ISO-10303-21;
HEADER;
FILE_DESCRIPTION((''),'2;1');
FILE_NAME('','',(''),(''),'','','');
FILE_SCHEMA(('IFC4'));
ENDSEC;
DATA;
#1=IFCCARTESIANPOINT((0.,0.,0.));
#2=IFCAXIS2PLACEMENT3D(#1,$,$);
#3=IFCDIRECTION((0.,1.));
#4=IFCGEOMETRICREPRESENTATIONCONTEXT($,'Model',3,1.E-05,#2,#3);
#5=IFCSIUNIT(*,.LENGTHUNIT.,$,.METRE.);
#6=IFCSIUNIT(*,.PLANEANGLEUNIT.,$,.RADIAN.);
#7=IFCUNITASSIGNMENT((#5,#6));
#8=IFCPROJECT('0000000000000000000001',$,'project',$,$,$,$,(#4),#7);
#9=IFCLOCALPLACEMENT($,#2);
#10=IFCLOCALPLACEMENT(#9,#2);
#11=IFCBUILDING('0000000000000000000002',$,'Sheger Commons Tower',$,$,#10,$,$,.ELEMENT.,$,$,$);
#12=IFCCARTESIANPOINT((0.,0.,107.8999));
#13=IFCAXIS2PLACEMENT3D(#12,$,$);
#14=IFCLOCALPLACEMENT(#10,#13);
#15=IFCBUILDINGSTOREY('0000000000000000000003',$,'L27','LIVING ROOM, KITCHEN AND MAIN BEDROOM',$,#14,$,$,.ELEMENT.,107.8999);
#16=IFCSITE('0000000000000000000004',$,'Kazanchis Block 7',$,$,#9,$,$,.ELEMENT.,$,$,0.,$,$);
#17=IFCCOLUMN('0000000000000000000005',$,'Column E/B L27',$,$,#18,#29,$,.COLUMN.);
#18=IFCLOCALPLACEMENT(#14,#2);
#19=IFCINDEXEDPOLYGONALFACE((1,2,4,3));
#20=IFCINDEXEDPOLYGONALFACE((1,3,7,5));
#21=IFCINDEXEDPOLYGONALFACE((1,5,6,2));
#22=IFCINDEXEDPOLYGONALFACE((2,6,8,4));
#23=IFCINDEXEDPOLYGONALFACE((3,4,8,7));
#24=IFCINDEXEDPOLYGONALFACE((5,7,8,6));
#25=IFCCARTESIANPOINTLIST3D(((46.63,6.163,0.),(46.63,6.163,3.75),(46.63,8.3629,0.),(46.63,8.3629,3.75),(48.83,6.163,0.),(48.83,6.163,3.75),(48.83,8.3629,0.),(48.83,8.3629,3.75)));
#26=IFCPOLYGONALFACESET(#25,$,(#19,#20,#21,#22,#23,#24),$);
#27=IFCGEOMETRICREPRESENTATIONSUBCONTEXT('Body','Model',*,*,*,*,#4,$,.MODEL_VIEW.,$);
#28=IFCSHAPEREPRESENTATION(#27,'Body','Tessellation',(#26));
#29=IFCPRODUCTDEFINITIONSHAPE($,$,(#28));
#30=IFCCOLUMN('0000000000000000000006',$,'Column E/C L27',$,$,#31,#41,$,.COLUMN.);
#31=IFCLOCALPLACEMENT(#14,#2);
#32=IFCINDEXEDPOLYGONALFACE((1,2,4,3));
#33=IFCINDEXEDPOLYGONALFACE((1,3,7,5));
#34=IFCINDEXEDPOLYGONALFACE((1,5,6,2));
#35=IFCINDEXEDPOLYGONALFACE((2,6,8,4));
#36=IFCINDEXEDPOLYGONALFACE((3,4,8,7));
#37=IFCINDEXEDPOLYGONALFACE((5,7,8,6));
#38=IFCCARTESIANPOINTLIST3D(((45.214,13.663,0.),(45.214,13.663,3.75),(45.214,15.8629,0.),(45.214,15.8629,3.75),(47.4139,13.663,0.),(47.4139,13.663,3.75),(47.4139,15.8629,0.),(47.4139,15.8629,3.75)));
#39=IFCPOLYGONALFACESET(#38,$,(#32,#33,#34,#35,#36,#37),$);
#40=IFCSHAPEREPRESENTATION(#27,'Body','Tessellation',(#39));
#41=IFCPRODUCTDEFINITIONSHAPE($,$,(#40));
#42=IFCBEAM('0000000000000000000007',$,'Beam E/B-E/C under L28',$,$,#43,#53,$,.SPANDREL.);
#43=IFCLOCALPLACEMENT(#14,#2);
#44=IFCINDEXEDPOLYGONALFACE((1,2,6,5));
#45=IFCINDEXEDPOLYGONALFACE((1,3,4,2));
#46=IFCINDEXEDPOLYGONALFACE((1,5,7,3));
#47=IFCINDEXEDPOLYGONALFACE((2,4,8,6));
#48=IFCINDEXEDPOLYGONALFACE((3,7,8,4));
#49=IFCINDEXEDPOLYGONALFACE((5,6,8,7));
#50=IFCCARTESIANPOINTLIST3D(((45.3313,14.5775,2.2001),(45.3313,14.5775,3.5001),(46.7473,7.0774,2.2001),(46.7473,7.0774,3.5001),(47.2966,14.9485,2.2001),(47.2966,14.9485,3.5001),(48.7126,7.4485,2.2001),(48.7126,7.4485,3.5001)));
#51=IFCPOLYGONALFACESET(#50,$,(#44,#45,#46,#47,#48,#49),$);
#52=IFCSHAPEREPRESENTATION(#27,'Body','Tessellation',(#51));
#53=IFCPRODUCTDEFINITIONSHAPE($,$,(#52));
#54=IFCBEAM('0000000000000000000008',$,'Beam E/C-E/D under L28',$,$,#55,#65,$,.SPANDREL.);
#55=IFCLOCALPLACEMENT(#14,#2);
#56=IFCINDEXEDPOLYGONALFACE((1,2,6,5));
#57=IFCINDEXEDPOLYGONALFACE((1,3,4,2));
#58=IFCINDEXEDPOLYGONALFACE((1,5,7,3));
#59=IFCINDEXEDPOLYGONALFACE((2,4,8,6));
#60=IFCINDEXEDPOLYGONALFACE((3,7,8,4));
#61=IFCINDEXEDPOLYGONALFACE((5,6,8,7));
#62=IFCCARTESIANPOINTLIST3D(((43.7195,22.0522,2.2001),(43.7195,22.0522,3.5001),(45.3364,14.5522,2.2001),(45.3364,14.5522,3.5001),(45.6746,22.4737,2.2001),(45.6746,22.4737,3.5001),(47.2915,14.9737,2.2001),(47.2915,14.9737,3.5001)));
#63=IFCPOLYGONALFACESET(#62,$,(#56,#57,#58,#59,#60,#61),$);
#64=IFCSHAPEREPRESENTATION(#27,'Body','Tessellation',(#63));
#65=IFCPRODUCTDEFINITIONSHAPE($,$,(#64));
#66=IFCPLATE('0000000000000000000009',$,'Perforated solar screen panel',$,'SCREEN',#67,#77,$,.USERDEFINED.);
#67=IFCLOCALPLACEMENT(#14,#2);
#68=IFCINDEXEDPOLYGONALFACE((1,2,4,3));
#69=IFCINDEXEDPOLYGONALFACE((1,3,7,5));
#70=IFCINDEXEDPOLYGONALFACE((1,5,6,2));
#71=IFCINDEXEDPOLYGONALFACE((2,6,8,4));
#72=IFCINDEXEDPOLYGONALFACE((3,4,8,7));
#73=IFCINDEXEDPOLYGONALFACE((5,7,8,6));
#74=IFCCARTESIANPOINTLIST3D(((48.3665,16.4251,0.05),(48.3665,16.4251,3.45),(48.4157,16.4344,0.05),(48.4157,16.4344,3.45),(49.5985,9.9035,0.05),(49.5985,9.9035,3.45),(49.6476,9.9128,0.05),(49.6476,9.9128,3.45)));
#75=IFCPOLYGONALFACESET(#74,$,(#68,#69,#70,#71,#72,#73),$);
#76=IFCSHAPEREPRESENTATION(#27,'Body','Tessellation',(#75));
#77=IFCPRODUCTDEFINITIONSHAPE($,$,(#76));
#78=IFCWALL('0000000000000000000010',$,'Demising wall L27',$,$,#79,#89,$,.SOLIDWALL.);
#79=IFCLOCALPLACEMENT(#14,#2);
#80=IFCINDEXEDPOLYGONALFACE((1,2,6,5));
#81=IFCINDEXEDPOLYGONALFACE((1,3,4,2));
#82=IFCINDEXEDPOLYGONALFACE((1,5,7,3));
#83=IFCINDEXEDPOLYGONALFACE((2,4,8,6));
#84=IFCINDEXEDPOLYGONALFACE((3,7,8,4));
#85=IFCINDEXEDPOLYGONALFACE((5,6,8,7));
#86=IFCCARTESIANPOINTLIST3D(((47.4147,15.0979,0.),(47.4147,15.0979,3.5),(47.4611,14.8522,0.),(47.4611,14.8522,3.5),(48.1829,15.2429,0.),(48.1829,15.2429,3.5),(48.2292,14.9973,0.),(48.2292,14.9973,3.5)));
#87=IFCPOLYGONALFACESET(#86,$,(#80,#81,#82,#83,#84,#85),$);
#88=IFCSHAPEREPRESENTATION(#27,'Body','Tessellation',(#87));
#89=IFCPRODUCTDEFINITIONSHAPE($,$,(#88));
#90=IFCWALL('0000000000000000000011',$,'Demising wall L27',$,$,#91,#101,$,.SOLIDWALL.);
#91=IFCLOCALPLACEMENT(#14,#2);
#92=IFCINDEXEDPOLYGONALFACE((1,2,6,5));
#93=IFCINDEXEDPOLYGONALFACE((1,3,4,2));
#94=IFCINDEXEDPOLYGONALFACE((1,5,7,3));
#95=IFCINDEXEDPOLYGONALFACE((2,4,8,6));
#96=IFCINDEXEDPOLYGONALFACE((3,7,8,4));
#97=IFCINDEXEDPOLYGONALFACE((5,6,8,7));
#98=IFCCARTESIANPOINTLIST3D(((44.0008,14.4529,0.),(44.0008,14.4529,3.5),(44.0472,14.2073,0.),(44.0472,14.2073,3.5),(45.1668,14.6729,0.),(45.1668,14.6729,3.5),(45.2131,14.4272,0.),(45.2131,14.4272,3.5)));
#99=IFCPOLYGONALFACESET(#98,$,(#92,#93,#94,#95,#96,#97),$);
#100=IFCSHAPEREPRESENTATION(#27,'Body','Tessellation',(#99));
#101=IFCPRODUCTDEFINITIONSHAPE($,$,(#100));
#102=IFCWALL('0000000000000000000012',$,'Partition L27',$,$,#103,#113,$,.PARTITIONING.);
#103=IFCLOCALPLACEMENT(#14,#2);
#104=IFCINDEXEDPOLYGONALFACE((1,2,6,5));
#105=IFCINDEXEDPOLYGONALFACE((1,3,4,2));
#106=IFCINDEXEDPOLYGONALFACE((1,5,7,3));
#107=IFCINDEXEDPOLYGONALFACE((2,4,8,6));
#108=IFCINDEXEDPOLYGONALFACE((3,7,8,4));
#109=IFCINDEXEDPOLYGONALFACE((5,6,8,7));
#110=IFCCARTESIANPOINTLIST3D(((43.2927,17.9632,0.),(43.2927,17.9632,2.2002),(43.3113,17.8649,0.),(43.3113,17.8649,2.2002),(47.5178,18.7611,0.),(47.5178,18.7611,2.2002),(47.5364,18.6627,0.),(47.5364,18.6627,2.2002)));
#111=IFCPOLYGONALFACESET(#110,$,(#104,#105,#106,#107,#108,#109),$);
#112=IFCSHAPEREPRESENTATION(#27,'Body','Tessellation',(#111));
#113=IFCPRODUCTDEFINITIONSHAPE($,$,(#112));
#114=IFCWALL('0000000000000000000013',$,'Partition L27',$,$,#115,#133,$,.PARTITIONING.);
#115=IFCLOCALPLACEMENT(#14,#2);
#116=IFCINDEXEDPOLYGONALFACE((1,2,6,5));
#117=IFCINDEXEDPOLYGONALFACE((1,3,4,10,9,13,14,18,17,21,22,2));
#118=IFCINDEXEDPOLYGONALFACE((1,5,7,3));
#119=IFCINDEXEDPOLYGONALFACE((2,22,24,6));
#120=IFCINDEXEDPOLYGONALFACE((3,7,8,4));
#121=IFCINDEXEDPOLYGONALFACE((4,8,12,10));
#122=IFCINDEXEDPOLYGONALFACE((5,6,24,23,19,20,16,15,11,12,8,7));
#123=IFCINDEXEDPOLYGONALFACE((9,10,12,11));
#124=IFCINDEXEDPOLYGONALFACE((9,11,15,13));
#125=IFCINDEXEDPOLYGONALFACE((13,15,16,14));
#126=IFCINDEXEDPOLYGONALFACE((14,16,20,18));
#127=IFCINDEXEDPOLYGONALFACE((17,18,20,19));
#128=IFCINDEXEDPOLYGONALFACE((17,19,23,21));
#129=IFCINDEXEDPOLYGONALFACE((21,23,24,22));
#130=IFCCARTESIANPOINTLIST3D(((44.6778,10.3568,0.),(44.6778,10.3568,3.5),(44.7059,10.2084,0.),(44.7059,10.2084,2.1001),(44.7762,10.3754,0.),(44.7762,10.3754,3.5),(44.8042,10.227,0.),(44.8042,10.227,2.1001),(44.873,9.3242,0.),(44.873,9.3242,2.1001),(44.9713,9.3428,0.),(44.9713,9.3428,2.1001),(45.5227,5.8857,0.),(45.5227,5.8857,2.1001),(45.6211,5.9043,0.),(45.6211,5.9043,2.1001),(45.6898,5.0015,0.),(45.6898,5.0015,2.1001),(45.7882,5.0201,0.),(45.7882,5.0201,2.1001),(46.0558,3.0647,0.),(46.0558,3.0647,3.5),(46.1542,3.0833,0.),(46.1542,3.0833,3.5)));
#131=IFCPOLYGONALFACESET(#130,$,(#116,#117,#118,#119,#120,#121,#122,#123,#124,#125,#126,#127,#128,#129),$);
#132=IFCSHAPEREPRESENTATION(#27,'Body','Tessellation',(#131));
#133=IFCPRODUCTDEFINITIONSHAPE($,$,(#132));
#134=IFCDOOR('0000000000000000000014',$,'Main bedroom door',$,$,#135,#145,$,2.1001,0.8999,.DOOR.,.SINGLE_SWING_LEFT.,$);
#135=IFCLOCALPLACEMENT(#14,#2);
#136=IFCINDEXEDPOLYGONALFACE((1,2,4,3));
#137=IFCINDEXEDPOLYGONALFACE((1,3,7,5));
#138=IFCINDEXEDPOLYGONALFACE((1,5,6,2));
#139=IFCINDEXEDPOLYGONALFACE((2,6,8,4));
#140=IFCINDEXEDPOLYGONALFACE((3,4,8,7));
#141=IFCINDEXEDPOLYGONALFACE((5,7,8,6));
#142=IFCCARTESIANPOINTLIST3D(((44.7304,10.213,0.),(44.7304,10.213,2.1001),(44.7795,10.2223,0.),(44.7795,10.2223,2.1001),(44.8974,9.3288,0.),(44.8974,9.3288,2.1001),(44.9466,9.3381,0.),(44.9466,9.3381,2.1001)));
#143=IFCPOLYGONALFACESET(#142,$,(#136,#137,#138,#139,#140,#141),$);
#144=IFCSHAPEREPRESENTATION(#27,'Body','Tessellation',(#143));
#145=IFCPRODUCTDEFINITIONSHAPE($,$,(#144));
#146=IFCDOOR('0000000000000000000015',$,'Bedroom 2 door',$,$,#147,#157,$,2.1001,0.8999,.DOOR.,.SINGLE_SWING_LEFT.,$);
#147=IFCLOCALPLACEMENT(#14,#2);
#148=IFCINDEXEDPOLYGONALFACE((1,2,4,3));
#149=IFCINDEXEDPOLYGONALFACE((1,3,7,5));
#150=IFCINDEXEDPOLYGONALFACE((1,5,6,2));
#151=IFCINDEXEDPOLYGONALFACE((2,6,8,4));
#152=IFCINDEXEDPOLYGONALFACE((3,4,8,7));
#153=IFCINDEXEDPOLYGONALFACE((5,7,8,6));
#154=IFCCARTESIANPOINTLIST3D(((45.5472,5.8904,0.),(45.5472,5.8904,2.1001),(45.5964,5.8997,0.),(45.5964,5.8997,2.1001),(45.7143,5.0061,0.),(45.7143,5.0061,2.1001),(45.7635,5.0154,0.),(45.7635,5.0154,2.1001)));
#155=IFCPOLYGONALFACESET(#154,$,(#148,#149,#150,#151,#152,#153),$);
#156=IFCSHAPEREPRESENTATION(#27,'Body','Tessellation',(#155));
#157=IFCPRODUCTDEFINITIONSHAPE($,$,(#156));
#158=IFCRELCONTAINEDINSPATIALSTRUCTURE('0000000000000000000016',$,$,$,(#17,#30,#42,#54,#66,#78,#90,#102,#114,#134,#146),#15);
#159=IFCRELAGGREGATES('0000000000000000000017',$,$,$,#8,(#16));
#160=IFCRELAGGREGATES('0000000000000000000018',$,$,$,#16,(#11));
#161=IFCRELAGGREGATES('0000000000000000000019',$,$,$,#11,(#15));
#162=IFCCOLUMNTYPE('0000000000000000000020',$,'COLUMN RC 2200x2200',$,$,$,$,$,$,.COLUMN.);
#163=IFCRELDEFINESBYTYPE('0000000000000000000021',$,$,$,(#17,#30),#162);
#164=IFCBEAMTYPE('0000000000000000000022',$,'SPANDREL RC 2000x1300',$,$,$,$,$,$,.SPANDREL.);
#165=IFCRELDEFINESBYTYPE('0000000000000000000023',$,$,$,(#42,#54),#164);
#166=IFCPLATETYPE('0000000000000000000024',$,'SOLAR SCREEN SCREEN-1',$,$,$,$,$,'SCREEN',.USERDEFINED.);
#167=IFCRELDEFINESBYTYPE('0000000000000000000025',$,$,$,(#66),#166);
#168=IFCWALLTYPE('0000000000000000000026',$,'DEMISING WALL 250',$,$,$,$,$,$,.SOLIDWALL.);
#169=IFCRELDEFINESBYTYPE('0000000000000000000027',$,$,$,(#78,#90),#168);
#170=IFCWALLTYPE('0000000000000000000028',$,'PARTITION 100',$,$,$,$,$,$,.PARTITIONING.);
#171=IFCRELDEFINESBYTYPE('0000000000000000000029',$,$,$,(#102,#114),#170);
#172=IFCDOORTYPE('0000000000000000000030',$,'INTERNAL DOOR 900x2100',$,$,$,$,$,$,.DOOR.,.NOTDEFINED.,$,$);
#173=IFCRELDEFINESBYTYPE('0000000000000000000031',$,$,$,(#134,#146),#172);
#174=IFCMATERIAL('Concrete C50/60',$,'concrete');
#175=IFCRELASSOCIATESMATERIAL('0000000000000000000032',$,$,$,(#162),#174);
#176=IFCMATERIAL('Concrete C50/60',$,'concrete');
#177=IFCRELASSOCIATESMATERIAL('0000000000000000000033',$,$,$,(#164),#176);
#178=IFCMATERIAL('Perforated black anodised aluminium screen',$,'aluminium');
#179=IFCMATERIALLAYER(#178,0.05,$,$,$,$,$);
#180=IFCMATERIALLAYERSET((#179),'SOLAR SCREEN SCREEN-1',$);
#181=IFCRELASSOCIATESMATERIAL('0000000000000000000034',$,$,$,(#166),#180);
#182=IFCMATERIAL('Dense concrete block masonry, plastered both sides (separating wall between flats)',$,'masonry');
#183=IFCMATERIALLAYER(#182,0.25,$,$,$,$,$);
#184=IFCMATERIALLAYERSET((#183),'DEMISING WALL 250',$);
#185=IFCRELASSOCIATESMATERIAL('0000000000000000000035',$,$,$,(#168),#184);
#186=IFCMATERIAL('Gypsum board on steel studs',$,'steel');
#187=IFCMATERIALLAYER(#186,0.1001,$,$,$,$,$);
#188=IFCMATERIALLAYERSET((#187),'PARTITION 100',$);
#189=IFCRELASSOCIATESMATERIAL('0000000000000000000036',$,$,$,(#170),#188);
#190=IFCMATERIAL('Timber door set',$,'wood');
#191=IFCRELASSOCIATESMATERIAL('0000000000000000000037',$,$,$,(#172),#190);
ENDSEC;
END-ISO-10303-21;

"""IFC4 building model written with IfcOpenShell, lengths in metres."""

from ifc_helpers import new_model, si_unit, direction, frame, frame_2d, origin, origin_2d, place, context, subcontext, project, spatial, rectangle, extrude, material, layer, layer_set, material_profile, profile_set, type_object, element, fill, save


model = new_model("IFC4")

# Units and contexts
model_context = context("Model", 3, precision=1e-05, world=origin(), true_north=direction((0.0, 1.0)))
body_context = subcontext(model_context, "Body", "Model", "MODEL_VIEW")
ifc_project = project(units=[si_unit("LENGTHUNIT", "METRE"), si_unit("PLANEANGLEUNIT", "RADIAN")], contexts=[model_context])

# Site, building, storey
site_placement = place(None, origin())
site = spatial("IfcSite", under=ifc_project, at=site_placement, Name="Kazanchis Block 7", CompositionType="ELEMENT", RefElevation=0.0)
building_placement = place(site_placement, origin())
building = spatial("IfcBuilding", under=site, at=building_placement, Name="Sheger Commons Tower", CompositionType="ELEMENT")
storey_placement = place(building_placement, frame((0.0, 0.0, 107.8999)))
storey = spatial("IfcBuildingStorey", under=building, at=storey_placement, Name="L27", Description="LIVING ROOM, KITCHEN AND MAIN BEDROOM", CompositionType="ELEMENT", Elevation=107.8999)

# Columns
ifc_material_1 = material(Name="Concrete C50/60", Category="concrete")
ifc_material_profile_1 = material_profile(ifc_material_1, rectangle(XDim=2.2, YDim=2.2, at=origin_2d()), Name="RC 2200x2200")
ifc_profile_set_1 = profile_set([ifc_material_profile_1], Name="Concrete C50/60")
column_type = type_object("IfcColumnType", Name="COLUMN RC 2200x2200", PredefinedType="COLUMN", material=ifc_profile_set_1)
for number, where, z_axis, x_axis, name in (
    (1, (47.73, 7.2629, 0.0), (0.0, 0.0, 1.0), (1.0, 0.0, 0.0), "Column E/B L27"),
    (2, (46.314, 14.7629, 0.0), (0.0, 0.0, 1.0), (1.0, 0.0, 0.0), "Column E/C L27"),
):
    element("IfcColumn", number, at=place(storey_placement, frame(where, z_axis=z_axis, x_axis=x_axis)), inside=storey, type_object=column_type, Name=name, PredefinedType="COLUMN", context=body_context, shape_type="SweptSolid", body=[
        extrude(rectangle(XDim=2.2, YDim=2.2, at=origin_2d()), origin(), (0.0, 0.0, 1.0), 3.75),
    ])

# Beams
ifc_material_2 = material(Name="Concrete C50/60", Category="concrete")
ifc_material_profile_2 = material_profile(ifc_material_2, rectangle(XDim=2.0, YDim=1.3, at=origin_2d()), Name="RC 2000x1300")
ifc_profile_set_2 = profile_set([ifc_material_profile_2], Name="Concrete C50/60")
beam_type = type_object("IfcBeamType", Name="SPANDREL RC 2000x1300", PredefinedType="SPANDREL", material=ifc_profile_set_2)
beam_1_placement = place(storey_placement, frame((47.73, 7.2629, 2.8501), z_axis=(-0.185524, 0.98264, 0.0), x_axis=(-0.98264, -0.185524, 0.0)))
element("IfcBeam", 3, at=beam_1_placement, inside=storey, type_object=beam_type, Name="Beam E/B-E/C under L28", PredefinedType="SPANDREL", context=body_context, shape_type="SweptSolid", body=[
    extrude(rectangle(XDim=2.0, YDim=1.3, at=origin_2d()), origin(), (0.0, 0.0, 1.0), 7.6326),
])
beam_2_placement = place(storey_placement, frame((46.314, 14.7629, 2.8501), z_axis=(-0.21075, 0.97754, 0.0), x_axis=(-0.97754, -0.21075, 0.0)))
element("IfcBeam", 4, at=beam_2_placement, inside=storey, type_object=beam_type, Name="Beam E/C-E/D under L28", PredefinedType="SPANDREL", context=body_context, shape_type="SweptSolid", body=[
    extrude(rectangle(XDim=2.0, YDim=1.3, at=origin_2d()), origin(), (0.0, 0.0, 1.0), 7.6724),
])

# Plate
ifc_material_3 = material(Name="Perforated black anodised aluminium screen", Category="aluminium")
ifc_layer_1 = layer(ifc_material_3, 0.05)
ifc_layer_set_1 = layer_set([ifc_layer_1], Name="SOLAR SCREEN SCREEN-1")
plate_type = type_object("IfcPlateType", Name="SOLAR SCREEN SCREEN-1", ElementType="SCREEN", PredefinedType="USERDEFINED", material=ifc_layer_set_1)
plate_placement = place(storey_placement, frame((49.0071, 13.1689, 0.05), z_axis=(0.0, 0.0, 1.0), x_axis=(-0.185615, 0.982623, 0.0)))
element("IfcPlate", 5, at=plate_placement, inside=storey, type_object=plate_type, Name="Perforated solar screen panel", ObjectType="SCREEN", PredefinedType="USERDEFINED", context=body_context, shape_type="SweptSolid", body=[
    extrude(rectangle(XDim=6.637, YDim=0.05, at=origin_2d()), origin(), (0.0, 0.0, 1.0), 3.3999),
])

# Walls
ifc_material_4 = material(Name="Dense concrete block masonry, plastered both sides (separating wall between flats)", Category="masonry")
ifc_layer_2 = layer(ifc_material_4, 0.25)
ifc_layer_set_2 = layer_set([ifc_layer_2], Name="DEMISING WALL 250")
wall_type_1 = type_object("IfcWallType", Name="DEMISING WALL 250", PredefinedType="SOLIDWALL", material=ifc_layer_set_2)
wall_1_placement = place(storey_placement, frame((48.2061, 15.1201, 0.0), z_axis=(0.0, 0.0, 1.0), x_axis=(-0.982638, -0.185533, 0.0)))
element("IfcWall", 6, at=wall_1_placement, inside=storey, type_object=wall_type_1, Name="Demising wall L27", PredefinedType="SOLIDWALL", context=body_context, shape_type="SweptSolid", body=[
    extrude(rectangle(XDim=0.7817, YDim=0.25, at=frame_2d((0.3909, 0.0))), origin(), (0.0, 0.0, 1.0), 3.5),
])
wall_2_placement = place(storey_placement, frame((45.1899, 14.55, 0.0), z_axis=(0.0, 0.0, 1.0), x_axis=(-0.982667, -0.185382, 0.0)))
element("IfcWall", 7, at=wall_2_placement, inside=storey, type_object=wall_type_1, Name="Demising wall L27", PredefinedType="SOLIDWALL", context=body_context, shape_type="SweptSolid", body=[
    extrude(rectangle(XDim=1.1865, YDim=0.25, at=frame_2d((0.5933, 0.0))), origin(), (0.0, 0.0, 1.0), 3.5),
])
ifc_material_5 = material(Name="Gypsum board on steel studs", Category="steel")
ifc_layer_3 = layer(ifc_material_5, 0.1001)
ifc_layer_set_3 = layer_set([ifc_layer_3], Name="PARTITION 100")
wall_type_2 = type_object("IfcWallType", Name="PARTITION 100", PredefinedType="PARTITIONING", material=ifc_layer_set_3)
wall_3_placement = place(storey_placement, frame((47.5271, 18.7119, 0.0), z_axis=(0.0, 0.0, 1.0), x_axis=(-0.982634, -0.185557, 0.0)))
element("IfcWall", 8, at=wall_3_placement, inside=storey, type_object=wall_type_2, Name="Partition L27", PredefinedType="PARTITIONING", context=body_context, shape_type="SweptSolid", body=[
    extrude(rectangle(XDim=4.2998, YDim=0.1001, at=frame_2d((2.1499, 0.0))), origin(), (0.0, 0.0, 1.0), 2.2002),
])

# Wall, openings, doors
wall_4_placement = place(storey_placement, frame((44.7271, 10.366, 0.0), z_axis=(0.0, 0.0, 1.0), x_axis=(0.185679, -0.98261, 0.0)))
wall_4 = element("IfcWall", 9, at=wall_4_placement, inside=storey, type_object=wall_type_2, Name="Partition L27", PredefinedType="PARTITIONING", context=body_context, shape_type="SweptSolid", body=[
    extrude(rectangle(XDim=7.4211, YDim=0.1001, at=frame_2d((3.7104, 0.0))), origin(), (0.0, 0.0, 1.0), 3.5),
])
opening_1_placement = place(wall_4_placement, frame((0.1509, 0.0, 0.0)))
opening_1 = element("IfcOpeningElement", 10, at=opening_1_placement, cuts=wall_4, PredefinedType="OPENING", context=body_context, shape_type="SweptSolid", body=[
    extrude(rectangle(XDim=0.8999, YDim=2.1001, at=frame_2d((0.45, 1.05))), frame((0.0, 0.0601, 0.0), z_axis=(0.0, -1.0, 0.0), x_axis=(1.0, 0.0, 0.0)), (0.0, 0.0, 1.0), 0.1201),
])
opening_2_placement = place(wall_4_placement, frame((4.55, 0.0, 0.0)))
opening_2 = element("IfcOpeningElement", 11, at=opening_2_placement, cuts=wall_4, PredefinedType="OPENING", context=body_context, shape_type="SweptSolid", body=[
    extrude(rectangle(XDim=0.8999, YDim=2.1001, at=frame_2d((0.45, 1.05))), frame((0.0, 0.0601, 0.0), z_axis=(0.0, -1.0, 0.0), x_axis=(1.0, 0.0, 0.0)), (0.0, 0.0, 1.0), 0.1201),
])
ifc_material_6 = material(Name="Timber door set", Category="wood")
door_type = type_object("IfcDoorType", Name="INTERNAL DOOR 900x2100", OperationType="NOTDEFINED", PredefinedType="DOOR", material=ifc_material_6)
door_1_placement = place(opening_1_placement, origin())
door_1 = element("IfcDoor", 12, at=door_1_placement, inside=storey, type_object=door_type, Name="Main bedroom door", OperationType="SINGLE_SWING_LEFT", OverallHeight=2.1001, OverallWidth=0.8999, PredefinedType="DOOR", context=body_context, shape_type="SweptSolid", body=[
    extrude(rectangle(XDim=0.8999, YDim=2.1001, at=frame_2d((0.45, 1.05))), frame((0.0, 0.0249, 0.0), z_axis=(0.0, -1.0, 0.0), x_axis=(1.0, 0.0, 0.0)), (0.0, 0.0, 1.0), 0.05),
])
fill(opening_1, door_1)
door_2_placement = place(opening_2_placement, origin())
door_2 = element("IfcDoor", 13, at=door_2_placement, inside=storey, type_object=door_type, Name="Bedroom 2 door", OperationType="SINGLE_SWING_LEFT", OverallHeight=2.1001, OverallWidth=0.8999, PredefinedType="DOOR", context=body_context, shape_type="SweptSolid", body=[
    extrude(rectangle(XDim=0.8999, YDim=2.1001, at=frame_2d((0.45, 1.05))), frame((0.0, 0.0249, 0.0), z_axis=(0.0, -1.0, 0.0), x_axis=(1.0, 0.0, 0.0)), (0.0, 0.0, 1.0), 0.05),
])
fill(opening_2, door_2)

save(model, "model.ifc")
